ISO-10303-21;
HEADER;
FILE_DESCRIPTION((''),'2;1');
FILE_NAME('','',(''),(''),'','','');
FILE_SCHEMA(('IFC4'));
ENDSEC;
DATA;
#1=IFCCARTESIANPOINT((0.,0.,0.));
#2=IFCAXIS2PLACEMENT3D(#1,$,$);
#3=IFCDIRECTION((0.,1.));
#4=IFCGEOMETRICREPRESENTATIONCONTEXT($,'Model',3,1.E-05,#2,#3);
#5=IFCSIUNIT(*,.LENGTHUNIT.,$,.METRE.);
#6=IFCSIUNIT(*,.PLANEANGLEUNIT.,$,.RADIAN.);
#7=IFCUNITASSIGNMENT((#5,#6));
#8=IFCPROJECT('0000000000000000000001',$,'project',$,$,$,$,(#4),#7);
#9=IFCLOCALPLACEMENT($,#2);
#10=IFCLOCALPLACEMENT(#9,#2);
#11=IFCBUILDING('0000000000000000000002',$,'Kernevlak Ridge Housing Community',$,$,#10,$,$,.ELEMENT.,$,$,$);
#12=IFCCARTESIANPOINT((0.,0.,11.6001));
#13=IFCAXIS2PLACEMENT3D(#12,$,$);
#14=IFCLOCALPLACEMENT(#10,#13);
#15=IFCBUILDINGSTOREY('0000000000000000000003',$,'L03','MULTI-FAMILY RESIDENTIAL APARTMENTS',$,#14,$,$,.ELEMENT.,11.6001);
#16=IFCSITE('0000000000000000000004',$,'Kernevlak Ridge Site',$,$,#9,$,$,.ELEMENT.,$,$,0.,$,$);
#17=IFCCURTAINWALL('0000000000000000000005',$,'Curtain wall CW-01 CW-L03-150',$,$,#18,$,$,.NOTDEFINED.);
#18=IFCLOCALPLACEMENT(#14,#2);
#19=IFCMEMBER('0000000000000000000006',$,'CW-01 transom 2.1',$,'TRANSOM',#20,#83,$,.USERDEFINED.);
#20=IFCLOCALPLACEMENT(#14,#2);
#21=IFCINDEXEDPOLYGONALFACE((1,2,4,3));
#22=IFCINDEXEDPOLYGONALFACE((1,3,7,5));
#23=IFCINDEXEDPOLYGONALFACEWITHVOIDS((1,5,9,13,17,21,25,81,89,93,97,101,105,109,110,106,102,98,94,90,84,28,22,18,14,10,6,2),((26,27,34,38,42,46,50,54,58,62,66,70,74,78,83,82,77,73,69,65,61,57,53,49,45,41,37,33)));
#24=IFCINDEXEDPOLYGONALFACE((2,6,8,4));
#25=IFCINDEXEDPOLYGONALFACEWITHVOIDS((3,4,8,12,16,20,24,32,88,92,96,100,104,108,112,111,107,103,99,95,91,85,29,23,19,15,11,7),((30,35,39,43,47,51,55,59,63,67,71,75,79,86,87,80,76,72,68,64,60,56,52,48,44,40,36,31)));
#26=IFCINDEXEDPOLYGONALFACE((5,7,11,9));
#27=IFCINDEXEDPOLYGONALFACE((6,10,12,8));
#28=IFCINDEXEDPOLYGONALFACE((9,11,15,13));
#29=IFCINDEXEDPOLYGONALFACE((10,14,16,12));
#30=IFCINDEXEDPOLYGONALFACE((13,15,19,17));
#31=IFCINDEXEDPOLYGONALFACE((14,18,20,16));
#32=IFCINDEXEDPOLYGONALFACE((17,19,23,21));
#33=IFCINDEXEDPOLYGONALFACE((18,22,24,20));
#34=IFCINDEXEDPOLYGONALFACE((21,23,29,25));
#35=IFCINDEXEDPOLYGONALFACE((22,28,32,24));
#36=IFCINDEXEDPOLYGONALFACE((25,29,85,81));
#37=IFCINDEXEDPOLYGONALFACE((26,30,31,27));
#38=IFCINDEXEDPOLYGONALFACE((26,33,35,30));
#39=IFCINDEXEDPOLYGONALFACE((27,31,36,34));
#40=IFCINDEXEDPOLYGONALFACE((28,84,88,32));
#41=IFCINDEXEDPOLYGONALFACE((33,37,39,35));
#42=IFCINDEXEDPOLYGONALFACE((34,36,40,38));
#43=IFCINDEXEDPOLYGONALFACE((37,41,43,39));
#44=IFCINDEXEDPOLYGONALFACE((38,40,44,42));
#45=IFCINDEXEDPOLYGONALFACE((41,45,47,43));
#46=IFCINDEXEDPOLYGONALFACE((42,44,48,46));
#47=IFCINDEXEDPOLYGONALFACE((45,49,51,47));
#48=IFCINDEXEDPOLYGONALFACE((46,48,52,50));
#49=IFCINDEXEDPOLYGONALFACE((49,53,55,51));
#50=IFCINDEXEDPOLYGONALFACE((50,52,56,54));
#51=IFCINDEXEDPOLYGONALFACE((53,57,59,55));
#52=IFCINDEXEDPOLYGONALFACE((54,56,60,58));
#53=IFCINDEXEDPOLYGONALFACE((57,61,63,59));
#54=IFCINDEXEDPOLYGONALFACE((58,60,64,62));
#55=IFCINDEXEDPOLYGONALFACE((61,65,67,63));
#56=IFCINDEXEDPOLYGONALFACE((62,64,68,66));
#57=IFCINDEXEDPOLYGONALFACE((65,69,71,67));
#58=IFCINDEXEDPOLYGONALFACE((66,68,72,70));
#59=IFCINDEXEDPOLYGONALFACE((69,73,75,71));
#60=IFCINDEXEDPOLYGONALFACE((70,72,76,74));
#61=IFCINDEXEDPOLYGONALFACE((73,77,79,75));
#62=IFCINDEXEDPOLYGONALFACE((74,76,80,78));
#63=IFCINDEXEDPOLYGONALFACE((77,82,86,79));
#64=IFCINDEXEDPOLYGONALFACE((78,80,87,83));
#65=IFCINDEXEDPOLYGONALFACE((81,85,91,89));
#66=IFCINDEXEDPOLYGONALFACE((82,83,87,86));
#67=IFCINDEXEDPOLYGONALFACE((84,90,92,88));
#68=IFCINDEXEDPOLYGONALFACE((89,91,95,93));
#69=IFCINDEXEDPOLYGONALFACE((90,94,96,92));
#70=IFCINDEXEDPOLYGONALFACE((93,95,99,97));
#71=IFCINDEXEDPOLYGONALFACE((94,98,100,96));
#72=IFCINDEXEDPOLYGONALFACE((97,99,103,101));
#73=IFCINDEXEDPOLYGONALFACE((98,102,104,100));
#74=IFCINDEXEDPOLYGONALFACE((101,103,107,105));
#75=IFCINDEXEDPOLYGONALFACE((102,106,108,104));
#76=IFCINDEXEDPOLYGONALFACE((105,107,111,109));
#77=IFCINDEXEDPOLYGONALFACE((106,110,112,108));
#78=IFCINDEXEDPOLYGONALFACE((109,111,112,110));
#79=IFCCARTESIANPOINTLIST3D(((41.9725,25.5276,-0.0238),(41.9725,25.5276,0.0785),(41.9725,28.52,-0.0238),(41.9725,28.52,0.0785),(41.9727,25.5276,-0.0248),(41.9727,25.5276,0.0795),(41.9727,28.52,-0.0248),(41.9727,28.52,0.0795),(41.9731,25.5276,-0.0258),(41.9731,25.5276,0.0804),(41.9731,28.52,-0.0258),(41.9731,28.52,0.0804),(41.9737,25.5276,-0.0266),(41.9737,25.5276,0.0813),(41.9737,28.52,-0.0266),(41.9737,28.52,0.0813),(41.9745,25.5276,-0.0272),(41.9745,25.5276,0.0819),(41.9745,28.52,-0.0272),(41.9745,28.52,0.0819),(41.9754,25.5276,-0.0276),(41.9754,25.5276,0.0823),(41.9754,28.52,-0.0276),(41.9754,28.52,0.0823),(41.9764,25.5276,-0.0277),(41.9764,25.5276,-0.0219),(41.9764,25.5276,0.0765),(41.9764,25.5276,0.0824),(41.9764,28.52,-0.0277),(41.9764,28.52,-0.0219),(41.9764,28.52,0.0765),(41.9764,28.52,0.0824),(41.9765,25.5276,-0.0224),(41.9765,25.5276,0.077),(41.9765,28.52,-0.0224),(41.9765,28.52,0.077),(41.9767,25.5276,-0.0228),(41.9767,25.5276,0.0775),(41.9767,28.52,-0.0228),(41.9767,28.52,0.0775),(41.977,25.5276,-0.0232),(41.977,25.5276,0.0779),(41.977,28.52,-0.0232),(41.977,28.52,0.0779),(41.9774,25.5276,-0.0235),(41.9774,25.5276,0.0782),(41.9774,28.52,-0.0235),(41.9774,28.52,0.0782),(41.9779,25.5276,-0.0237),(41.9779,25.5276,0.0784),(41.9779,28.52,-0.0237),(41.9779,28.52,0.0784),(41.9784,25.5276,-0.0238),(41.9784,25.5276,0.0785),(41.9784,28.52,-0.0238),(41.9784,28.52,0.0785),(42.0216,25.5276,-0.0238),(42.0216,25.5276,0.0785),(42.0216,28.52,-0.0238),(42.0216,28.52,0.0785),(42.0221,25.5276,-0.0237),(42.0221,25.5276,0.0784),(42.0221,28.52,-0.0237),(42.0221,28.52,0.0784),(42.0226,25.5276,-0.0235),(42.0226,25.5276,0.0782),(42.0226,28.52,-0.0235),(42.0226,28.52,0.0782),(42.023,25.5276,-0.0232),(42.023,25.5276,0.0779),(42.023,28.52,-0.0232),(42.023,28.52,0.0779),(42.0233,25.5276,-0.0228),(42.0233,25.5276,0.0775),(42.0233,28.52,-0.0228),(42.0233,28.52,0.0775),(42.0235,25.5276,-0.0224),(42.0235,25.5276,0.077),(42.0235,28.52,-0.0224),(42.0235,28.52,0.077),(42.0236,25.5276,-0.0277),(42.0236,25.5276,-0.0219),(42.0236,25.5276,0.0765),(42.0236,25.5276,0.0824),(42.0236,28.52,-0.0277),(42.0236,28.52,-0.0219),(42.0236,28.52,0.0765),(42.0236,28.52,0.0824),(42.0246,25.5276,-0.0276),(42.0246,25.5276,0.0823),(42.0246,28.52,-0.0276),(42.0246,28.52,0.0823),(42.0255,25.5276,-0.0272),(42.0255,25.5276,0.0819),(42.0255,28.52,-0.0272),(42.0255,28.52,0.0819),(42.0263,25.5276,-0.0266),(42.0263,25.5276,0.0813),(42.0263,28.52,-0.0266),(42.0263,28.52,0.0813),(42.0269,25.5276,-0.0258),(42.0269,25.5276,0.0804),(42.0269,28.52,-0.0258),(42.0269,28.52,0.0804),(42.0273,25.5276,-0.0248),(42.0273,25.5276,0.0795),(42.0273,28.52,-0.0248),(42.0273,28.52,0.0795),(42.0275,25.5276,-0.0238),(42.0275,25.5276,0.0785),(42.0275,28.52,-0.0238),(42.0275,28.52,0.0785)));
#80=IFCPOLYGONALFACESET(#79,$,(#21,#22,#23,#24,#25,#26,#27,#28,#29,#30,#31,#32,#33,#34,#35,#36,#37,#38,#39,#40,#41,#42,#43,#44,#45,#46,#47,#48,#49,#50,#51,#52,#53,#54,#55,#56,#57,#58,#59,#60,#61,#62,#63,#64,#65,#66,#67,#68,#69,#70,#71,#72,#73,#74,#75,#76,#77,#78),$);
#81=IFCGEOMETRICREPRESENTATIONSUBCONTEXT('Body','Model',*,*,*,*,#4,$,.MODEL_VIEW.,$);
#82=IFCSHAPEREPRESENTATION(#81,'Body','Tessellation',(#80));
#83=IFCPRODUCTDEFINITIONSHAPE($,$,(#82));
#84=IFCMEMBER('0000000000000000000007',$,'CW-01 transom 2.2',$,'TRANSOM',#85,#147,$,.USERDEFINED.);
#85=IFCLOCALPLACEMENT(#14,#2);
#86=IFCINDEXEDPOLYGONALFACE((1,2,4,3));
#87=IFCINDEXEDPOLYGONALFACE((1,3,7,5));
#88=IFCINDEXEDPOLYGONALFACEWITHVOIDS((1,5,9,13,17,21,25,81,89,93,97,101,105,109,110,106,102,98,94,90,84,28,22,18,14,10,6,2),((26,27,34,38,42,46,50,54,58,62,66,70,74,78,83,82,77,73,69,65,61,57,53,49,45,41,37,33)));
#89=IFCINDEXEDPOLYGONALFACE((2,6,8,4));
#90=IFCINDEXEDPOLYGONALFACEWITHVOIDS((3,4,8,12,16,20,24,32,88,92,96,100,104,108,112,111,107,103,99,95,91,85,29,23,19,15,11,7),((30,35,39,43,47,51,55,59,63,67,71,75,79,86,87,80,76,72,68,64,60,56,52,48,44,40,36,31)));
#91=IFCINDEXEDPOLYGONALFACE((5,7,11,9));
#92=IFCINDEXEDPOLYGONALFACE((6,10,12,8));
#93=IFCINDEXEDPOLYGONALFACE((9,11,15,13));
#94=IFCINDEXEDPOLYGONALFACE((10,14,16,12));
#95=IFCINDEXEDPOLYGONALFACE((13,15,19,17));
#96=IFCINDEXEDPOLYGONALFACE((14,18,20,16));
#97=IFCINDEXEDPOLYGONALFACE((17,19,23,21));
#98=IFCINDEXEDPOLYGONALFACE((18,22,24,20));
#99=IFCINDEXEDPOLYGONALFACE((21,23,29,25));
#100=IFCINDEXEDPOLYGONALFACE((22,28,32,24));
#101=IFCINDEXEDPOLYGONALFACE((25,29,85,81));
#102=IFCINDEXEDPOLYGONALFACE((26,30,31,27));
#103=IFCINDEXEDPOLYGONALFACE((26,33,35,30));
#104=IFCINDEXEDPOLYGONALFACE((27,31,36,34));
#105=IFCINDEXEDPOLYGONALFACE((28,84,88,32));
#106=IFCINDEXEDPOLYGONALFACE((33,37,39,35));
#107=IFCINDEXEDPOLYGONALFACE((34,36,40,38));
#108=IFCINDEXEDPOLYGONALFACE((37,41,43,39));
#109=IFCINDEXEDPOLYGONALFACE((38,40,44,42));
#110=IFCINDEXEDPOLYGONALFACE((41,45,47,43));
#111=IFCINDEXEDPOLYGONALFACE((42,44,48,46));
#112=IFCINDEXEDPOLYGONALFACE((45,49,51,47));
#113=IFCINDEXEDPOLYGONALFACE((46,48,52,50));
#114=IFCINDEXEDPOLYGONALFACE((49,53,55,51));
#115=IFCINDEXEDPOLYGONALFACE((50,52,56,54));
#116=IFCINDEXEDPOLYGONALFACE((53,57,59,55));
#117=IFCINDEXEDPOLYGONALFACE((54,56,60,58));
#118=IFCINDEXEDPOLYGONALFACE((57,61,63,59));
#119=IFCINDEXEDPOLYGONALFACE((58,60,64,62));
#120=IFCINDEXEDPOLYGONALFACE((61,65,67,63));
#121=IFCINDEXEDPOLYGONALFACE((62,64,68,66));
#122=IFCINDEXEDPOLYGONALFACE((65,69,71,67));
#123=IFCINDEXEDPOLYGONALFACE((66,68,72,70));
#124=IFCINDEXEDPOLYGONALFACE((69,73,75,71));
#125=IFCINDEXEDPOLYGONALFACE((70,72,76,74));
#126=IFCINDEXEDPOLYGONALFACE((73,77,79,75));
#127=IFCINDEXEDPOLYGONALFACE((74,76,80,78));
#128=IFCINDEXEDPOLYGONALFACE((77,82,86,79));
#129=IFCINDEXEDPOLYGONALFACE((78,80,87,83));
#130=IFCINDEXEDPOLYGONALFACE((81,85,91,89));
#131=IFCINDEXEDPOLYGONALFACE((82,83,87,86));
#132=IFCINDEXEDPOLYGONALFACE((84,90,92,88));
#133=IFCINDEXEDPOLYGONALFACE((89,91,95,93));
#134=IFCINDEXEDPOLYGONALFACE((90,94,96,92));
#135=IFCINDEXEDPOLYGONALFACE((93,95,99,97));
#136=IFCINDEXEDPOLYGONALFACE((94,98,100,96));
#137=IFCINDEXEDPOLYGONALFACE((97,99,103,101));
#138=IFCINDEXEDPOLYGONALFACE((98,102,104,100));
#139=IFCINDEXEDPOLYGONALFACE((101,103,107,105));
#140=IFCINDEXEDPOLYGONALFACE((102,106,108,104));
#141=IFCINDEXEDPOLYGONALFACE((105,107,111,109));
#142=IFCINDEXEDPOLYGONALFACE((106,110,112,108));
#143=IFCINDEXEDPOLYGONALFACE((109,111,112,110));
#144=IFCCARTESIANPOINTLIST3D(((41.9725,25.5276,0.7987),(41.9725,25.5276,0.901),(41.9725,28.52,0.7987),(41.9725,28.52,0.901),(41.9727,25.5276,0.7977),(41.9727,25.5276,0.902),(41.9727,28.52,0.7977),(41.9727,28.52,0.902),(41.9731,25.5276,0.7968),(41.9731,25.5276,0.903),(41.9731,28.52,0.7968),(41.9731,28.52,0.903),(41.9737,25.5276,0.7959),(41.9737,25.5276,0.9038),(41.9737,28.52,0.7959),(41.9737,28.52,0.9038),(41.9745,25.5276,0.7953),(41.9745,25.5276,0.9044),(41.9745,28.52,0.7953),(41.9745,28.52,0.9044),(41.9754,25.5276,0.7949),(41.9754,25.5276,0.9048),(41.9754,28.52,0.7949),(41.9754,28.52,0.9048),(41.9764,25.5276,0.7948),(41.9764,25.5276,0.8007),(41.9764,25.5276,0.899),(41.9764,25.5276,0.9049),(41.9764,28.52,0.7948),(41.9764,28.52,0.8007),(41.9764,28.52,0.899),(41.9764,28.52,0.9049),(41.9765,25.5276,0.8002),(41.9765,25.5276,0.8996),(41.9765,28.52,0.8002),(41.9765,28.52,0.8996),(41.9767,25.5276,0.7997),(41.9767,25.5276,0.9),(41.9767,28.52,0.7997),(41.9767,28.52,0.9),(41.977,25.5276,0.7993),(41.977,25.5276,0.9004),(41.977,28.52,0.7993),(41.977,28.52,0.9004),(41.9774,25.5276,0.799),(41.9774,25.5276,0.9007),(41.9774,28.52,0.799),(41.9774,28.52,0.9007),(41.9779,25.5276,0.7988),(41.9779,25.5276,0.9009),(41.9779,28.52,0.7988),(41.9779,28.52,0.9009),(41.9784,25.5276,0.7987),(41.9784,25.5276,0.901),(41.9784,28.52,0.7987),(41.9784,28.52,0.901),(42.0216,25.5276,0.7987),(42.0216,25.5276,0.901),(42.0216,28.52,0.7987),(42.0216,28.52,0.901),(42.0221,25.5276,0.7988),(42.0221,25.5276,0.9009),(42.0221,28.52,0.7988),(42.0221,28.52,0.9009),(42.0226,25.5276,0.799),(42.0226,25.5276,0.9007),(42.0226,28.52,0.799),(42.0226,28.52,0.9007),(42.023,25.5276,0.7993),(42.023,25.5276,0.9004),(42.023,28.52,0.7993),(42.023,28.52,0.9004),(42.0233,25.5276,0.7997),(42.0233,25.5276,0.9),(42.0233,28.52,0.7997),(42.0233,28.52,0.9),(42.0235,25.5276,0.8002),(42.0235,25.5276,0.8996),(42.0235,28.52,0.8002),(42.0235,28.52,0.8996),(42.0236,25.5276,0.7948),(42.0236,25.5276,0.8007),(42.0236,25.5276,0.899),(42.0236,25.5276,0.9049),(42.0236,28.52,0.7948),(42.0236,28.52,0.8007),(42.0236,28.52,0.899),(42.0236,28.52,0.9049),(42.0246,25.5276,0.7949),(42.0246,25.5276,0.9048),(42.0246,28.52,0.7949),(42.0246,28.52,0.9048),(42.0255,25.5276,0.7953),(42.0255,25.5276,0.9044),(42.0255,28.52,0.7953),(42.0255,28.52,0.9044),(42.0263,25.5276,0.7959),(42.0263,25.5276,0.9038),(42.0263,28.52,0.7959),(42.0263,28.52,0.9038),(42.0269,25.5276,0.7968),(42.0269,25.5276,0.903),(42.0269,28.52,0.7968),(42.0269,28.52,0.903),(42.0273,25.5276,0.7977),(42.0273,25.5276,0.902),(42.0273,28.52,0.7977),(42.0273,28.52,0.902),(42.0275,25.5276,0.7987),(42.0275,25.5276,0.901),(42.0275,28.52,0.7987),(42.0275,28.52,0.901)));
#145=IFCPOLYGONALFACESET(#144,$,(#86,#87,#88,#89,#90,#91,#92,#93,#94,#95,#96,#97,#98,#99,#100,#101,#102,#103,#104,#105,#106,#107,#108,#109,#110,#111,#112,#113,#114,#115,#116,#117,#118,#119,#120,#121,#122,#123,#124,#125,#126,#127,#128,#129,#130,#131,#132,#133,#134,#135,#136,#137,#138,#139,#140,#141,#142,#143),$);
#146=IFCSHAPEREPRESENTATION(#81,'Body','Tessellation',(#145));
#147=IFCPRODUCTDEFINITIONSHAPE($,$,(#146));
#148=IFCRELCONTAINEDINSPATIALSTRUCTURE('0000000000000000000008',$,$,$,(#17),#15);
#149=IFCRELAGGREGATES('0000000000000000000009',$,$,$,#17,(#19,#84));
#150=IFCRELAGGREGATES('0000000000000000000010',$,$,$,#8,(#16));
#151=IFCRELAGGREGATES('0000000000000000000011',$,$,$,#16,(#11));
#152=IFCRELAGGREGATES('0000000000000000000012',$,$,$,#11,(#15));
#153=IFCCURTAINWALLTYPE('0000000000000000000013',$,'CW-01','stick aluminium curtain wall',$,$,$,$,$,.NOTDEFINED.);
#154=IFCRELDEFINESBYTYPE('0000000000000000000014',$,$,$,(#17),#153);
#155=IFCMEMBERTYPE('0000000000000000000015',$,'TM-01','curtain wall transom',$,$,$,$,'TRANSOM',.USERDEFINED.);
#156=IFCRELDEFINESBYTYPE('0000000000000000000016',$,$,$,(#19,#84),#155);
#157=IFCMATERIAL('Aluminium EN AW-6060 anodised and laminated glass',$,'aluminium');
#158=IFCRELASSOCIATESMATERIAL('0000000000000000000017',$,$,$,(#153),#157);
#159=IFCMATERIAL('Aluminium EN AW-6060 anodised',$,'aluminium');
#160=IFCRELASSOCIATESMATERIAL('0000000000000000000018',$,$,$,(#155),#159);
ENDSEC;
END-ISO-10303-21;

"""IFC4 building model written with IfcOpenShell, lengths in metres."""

from ifc_helpers import new_model, si_unit, direction, frame, origin, origin_2d, place, context, subcontext, project, spatial, hollow_rectangle, extrude, material, material_profile, profile_set, type_object, element, aggregate, save


model = new_model("IFC4")

# Units and contexts
model_context = context("Model", 3, precision=1e-05, world=origin(), true_north=direction((0.0, 1.0)))
body_context = subcontext(model_context, "Body", "Model", "MODEL_VIEW")
ifc_project = project(units=[si_unit("LENGTHUNIT", "METRE"), si_unit("PLANEANGLEUNIT", "RADIAN")], contexts=[model_context])

# Site, building, storey
site_placement = place(None, origin())
site = spatial("IfcSite", under=ifc_project, at=site_placement, Name="Kernevlak Ridge Site", CompositionType="ELEMENT", RefElevation=0.0)
building_placement = place(site_placement, origin())
building = spatial("IfcBuilding", under=site, at=building_placement, Name="Kernevlak Ridge Housing Community", CompositionType="ELEMENT")
storey_placement = place(building_placement, frame((0.0, 0.0, 11.6001)))
storey = spatial("IfcBuildingStorey", under=building, at=storey_placement, Name="L03", Description="MULTI-FAMILY RESIDENTIAL APARTMENTS", CompositionType="ELEMENT", Elevation=11.6001)

# Curtain wall
ifc_material_1 = material(Name="Aluminium EN AW-6060 anodised and laminated glass", Category="aluminium")
curtain_wall_type = type_object("IfcCurtainWallType", Name="CW-01", Description="stick aluminium curtain wall", PredefinedType="NOTDEFINED", material=ifc_material_1)
curtain_wall_placement = place(storey_placement, origin())
curtain_wall = element("IfcCurtainWall", 1, at=curtain_wall_placement, inside=storey, type_object=curtain_wall_type, Name="Curtain wall CW-01 CW-L03-150", PredefinedType="NOTDEFINED")
ifc_material_2 = material(Name="Aluminium EN AW-6060 anodised", Category="aluminium")

# Members
ifc_material_profile_1 = material_profile(ifc_material_2, hollow_rectangle(XDim=0.0549, YDim=0.1101, WallThickness=0.0039, InnerFilletRadius=0.002, OuterFilletRadius=0.0039, at=origin_2d()), Name="ALU 55x110x4")
ifc_profile_set_1 = profile_set([ifc_material_profile_1], Name="Aluminium EN AW-6060 anodised")
member_type_1 = type_object("IfcMemberType", Name="TM-01", Description="curtain wall transom", ElementType="TRANSOM", PredefinedType="USERDEFINED", material=ifc_profile_set_1)
member_1_placement = place(storey_placement, frame((42.0, 25.5276, 0.0273), z_axis=(0.0, 1.0, 0.0), x_axis=(-1.0, 0.0, 0.0)))
member_1 = element("IfcMember", 2, at=member_1_placement, type_object=member_type_1, Name="CW-01 transom 2.1", ObjectType="TRANSOM", PredefinedType="USERDEFINED", context=body_context, shape_type="SweptSolid", body=[
    extrude(hollow_rectangle(XDim=0.0549, YDim=0.1101, WallThickness=0.0039, InnerFilletRadius=0.002, OuterFilletRadius=0.0039, at=origin_2d()), origin(), (0.0, 0.0, 1.0), 2.9924),
])
member_2_placement = place(storey_placement, frame((42.0, 25.5276, 0.8499), z_axis=(0.0, 1.0, 0.0), x_axis=(-1.0, 0.0, 0.0)))
member_2 = element("IfcMember", 3, at=member_2_placement, type_object=member_type_1, Name="CW-01 transom 2.2", ObjectType="TRANSOM", PredefinedType="USERDEFINED", context=body_context, shape_type="SweptSolid", body=[
    extrude(hollow_rectangle(XDim=0.0549, YDim=0.1101, WallThickness=0.0039, InnerFilletRadius=0.002, OuterFilletRadius=0.0039, at=origin_2d()), origin(), (0.0, 0.0, 1.0), 2.9924),
])

aggregate(curtain_wall, [member_1, member_2])

save(model, "model.ifc")
